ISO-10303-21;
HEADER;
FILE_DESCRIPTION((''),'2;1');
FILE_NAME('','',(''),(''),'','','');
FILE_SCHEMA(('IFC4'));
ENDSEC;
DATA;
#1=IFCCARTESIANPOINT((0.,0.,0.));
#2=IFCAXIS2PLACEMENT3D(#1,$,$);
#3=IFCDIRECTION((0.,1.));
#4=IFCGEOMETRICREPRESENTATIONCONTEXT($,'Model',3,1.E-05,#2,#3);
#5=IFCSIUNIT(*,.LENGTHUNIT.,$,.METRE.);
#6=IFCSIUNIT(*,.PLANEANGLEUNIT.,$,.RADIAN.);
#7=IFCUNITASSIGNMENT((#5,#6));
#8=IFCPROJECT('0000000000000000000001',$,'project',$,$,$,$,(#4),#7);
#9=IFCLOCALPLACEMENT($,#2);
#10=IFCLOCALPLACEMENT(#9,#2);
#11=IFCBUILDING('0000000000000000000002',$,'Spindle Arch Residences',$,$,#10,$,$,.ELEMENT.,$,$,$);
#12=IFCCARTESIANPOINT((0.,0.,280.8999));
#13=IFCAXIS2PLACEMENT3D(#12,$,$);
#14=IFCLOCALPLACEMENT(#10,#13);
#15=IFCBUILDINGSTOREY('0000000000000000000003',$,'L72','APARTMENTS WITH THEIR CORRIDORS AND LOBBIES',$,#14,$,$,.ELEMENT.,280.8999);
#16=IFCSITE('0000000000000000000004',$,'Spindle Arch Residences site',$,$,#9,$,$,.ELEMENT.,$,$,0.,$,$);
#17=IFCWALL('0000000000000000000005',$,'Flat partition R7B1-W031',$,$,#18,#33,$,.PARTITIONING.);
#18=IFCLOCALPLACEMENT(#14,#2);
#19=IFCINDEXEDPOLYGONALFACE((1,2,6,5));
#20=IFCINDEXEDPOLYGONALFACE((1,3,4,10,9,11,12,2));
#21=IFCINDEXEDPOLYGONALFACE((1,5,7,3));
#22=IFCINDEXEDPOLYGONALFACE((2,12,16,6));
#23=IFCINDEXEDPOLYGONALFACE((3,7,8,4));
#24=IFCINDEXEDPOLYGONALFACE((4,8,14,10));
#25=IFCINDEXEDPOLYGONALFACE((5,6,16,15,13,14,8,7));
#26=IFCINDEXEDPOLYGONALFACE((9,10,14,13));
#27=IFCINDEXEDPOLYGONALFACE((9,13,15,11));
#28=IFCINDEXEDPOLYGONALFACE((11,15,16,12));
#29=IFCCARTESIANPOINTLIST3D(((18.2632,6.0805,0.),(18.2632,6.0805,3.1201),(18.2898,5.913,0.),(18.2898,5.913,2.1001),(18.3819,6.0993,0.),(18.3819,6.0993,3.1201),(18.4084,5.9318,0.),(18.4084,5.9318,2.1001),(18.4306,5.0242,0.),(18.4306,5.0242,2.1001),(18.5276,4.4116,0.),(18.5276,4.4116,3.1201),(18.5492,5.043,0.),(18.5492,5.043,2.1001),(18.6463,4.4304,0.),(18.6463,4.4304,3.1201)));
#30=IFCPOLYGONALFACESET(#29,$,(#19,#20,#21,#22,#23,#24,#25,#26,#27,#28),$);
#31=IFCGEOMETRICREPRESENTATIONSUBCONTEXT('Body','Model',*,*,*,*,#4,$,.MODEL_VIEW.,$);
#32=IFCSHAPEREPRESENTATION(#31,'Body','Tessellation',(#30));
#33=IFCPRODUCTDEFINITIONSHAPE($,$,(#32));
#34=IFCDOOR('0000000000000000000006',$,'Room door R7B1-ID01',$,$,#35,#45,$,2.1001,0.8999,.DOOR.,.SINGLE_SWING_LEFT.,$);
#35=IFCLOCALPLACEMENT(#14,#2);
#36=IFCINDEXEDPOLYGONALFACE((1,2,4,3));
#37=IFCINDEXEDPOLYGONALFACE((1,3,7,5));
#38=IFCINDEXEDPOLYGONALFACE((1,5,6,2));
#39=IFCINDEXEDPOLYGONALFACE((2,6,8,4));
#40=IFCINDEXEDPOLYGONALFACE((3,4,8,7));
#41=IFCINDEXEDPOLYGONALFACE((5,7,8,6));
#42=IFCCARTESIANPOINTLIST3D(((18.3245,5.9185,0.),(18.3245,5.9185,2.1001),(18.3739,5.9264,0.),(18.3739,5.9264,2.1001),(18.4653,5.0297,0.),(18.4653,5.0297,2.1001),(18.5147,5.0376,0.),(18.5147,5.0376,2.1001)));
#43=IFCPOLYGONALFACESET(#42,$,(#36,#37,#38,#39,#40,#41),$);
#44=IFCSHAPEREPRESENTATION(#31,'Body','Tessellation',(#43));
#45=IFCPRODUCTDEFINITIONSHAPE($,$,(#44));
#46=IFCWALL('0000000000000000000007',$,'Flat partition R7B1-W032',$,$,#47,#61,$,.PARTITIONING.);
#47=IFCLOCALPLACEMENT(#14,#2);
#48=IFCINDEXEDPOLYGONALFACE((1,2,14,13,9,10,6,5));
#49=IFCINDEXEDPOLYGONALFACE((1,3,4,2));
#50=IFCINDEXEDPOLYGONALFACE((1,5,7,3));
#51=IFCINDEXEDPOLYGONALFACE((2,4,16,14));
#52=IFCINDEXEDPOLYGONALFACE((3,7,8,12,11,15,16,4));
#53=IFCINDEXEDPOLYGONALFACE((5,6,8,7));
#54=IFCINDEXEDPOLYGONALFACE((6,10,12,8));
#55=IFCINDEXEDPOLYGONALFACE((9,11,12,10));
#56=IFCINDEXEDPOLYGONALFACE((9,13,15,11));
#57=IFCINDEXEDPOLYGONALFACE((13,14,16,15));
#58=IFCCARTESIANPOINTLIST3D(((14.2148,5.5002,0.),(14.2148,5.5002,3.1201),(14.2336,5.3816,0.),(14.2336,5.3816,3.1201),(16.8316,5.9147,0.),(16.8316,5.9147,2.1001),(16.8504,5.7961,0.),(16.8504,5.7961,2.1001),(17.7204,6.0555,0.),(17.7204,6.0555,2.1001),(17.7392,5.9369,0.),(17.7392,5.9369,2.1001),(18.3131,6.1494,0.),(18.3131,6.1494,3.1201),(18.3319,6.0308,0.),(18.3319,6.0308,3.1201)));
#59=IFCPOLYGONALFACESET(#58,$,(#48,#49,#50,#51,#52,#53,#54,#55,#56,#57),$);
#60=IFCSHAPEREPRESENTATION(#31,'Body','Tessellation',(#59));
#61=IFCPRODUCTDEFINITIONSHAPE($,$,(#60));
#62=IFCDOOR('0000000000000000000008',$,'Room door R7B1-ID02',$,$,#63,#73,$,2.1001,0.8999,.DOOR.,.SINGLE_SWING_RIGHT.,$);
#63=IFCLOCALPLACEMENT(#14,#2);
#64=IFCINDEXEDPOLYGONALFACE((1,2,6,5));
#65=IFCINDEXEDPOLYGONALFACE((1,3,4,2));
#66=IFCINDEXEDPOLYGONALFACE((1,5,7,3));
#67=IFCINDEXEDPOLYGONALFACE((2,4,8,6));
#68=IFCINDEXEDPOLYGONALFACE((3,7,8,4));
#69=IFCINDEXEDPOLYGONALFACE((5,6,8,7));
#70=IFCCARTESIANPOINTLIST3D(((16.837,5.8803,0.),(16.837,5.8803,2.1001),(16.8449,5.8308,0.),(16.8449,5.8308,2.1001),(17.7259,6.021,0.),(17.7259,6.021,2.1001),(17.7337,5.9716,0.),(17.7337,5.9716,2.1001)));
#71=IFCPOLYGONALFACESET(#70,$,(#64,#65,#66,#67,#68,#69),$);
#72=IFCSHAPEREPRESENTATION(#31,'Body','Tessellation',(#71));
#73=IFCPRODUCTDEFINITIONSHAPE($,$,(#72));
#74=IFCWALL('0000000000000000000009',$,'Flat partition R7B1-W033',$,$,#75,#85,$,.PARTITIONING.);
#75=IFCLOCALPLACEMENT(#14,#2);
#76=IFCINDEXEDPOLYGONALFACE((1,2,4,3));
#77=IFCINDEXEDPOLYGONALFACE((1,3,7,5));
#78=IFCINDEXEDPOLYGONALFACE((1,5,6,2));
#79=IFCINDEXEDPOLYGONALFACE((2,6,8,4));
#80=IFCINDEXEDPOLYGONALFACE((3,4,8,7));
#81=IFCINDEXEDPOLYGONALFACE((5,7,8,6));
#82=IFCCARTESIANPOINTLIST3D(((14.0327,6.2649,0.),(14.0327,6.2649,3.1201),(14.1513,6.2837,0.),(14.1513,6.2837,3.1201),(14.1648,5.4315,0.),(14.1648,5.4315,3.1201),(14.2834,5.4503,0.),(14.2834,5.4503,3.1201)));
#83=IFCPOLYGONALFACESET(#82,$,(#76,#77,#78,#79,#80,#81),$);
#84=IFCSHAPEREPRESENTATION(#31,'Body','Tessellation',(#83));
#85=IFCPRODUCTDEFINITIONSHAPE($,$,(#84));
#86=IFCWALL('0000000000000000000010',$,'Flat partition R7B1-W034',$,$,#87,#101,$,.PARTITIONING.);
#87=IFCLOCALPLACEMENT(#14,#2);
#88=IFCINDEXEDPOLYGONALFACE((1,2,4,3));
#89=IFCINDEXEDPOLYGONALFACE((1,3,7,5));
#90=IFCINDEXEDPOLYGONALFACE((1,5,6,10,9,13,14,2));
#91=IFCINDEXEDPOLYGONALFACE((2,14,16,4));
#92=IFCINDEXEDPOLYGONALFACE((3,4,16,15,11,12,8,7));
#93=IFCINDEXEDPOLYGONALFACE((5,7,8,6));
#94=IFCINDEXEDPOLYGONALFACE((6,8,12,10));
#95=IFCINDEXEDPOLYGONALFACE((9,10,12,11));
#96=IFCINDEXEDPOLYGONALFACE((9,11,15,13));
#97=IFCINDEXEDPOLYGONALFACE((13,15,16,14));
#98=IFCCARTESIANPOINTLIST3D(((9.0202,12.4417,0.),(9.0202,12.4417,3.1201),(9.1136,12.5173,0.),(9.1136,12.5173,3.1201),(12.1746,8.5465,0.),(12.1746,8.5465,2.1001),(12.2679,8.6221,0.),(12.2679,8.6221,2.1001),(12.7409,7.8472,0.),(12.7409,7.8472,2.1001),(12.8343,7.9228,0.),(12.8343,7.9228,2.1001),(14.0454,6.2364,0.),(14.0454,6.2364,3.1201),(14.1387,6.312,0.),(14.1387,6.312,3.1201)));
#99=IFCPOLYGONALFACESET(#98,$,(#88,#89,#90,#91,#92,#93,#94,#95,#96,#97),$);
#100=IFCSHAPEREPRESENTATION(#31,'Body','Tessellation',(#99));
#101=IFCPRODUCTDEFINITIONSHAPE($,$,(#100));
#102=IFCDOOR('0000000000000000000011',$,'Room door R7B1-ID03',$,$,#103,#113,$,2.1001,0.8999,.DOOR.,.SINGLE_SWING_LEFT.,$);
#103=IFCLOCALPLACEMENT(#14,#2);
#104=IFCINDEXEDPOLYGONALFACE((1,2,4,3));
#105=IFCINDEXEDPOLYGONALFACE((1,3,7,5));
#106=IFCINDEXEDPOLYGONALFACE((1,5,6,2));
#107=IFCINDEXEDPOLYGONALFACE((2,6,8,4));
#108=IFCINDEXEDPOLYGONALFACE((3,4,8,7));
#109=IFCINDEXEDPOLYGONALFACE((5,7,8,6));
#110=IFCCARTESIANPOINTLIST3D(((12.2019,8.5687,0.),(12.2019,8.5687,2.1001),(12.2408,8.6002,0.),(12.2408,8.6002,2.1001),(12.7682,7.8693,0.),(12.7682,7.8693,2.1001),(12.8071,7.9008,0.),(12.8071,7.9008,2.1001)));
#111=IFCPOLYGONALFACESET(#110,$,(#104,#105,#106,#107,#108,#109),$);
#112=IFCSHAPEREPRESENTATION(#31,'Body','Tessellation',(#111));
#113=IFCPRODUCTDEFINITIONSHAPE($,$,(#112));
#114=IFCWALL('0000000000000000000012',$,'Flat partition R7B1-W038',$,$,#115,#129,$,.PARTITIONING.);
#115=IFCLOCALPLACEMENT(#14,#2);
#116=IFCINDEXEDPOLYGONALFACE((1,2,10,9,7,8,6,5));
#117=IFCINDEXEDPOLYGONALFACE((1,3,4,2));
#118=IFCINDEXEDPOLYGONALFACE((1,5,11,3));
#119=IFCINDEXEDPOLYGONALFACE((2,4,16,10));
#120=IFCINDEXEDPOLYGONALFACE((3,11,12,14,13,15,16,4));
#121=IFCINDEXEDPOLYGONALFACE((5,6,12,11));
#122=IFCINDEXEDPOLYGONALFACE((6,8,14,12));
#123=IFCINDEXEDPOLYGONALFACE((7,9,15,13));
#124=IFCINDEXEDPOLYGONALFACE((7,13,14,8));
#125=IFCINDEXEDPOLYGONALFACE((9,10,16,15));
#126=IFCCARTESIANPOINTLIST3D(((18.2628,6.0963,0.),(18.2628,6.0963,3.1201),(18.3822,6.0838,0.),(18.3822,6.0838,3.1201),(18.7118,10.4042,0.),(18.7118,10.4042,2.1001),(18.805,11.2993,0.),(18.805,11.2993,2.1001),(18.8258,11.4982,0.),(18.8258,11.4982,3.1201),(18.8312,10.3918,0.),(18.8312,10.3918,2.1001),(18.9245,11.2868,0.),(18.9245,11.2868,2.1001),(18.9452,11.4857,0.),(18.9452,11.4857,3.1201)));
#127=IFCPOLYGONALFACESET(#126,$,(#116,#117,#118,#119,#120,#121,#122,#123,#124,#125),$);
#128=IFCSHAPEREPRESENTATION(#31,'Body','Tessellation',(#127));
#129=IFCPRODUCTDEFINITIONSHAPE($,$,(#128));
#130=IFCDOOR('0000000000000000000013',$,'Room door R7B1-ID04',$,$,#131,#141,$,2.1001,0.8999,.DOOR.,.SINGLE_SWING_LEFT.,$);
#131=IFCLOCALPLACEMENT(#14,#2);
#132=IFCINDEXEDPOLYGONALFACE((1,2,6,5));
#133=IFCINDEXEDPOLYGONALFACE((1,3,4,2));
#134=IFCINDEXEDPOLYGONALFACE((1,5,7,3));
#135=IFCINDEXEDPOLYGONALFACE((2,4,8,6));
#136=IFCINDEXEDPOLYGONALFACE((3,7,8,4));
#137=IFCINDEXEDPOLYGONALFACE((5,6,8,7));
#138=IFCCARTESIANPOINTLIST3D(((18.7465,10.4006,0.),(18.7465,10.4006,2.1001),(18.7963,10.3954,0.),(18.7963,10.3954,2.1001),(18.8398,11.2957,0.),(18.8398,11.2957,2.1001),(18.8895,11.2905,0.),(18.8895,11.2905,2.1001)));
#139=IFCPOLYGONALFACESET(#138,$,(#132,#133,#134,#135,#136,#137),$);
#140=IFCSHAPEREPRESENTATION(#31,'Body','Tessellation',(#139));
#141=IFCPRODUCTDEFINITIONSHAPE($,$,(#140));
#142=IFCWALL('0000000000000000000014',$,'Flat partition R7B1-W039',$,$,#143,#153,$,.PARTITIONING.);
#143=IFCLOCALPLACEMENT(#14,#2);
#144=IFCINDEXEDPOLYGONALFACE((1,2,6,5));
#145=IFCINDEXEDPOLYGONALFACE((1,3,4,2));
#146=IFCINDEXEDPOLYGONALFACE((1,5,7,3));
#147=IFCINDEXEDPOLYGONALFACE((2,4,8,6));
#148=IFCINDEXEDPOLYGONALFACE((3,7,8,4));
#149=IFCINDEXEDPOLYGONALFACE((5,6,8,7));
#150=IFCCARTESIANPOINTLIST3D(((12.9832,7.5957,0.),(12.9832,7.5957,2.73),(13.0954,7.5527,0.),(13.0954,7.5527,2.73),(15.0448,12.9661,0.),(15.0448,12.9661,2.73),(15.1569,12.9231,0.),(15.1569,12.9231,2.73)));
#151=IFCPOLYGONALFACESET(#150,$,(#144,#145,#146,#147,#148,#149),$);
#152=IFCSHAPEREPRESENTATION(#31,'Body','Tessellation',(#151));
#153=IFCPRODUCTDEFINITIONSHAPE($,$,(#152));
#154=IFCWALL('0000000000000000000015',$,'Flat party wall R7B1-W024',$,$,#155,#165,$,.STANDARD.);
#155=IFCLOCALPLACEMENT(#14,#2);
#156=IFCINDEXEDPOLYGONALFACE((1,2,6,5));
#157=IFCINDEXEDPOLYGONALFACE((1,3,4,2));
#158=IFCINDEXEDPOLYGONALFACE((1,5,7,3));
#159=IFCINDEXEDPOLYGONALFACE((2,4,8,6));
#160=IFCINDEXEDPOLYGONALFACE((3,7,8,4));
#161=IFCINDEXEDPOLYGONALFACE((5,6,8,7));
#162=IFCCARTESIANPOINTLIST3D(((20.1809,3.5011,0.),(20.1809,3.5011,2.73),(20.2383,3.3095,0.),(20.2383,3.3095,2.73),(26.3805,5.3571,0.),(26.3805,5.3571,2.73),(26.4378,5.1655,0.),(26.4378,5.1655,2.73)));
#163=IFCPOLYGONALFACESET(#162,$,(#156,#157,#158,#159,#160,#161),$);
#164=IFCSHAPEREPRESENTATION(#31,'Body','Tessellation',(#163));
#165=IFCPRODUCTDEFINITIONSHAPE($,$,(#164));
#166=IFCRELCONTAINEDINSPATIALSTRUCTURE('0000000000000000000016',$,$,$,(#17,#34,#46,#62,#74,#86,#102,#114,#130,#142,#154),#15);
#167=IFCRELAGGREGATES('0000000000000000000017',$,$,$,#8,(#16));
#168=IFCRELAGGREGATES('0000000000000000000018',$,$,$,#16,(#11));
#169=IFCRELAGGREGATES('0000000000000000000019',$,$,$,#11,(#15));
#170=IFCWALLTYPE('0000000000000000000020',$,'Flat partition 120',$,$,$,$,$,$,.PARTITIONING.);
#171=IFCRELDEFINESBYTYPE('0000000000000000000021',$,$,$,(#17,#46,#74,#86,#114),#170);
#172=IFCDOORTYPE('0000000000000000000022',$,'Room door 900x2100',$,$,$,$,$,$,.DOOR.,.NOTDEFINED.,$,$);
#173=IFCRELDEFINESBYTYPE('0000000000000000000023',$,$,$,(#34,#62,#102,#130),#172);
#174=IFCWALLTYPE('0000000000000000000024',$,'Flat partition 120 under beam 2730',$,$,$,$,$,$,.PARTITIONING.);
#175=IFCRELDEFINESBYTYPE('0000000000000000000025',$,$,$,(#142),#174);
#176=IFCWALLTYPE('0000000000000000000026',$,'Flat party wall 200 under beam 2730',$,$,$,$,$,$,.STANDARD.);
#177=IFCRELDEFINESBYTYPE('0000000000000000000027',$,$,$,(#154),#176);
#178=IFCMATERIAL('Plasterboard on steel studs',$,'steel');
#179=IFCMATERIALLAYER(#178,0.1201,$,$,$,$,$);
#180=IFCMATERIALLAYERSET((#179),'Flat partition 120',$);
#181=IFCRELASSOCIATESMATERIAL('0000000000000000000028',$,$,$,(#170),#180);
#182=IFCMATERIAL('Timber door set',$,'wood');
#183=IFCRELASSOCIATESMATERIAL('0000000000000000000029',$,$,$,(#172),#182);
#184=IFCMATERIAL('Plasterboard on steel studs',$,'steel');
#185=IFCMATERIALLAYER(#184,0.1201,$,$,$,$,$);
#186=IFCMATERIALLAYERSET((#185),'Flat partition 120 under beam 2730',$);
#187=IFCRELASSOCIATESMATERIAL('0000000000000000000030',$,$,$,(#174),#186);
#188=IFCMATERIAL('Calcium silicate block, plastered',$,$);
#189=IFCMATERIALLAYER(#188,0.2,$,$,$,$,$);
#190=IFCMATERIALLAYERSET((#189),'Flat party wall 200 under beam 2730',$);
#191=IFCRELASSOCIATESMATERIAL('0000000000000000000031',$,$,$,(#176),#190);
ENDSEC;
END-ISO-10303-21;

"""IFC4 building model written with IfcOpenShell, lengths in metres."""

from ifc_helpers import new_model, si_unit, direction, frame, frame_2d, origin, place, context, subcontext, project, spatial, rectangle, extrude, material, layer, layer_set, type_object, element, fill, save


model = new_model("IFC4")

# Units and contexts
model_context = context("Model", 3, precision=1e-05, world=origin(), true_north=direction((0.0, 1.0)))
body_context = subcontext(model_context, "Body", "Model", "MODEL_VIEW")
ifc_project = project(units=[si_unit("LENGTHUNIT", "METRE"), si_unit("PLANEANGLEUNIT", "RADIAN")], contexts=[model_context])

# Site, building, storey
site_placement = place(None, origin())
site = spatial("IfcSite", under=ifc_project, at=site_placement, Name="Spindle Arch Residences site", CompositionType="ELEMENT", RefElevation=0.0)
building_placement = place(site_placement, origin())
building = spatial("IfcBuilding", under=site, at=building_placement, Name="Spindle Arch Residences", CompositionType="ELEMENT")
storey_placement = place(building_placement, frame((0.0, 0.0, 280.8999)))
storey = spatial("IfcBuildingStorey", under=building, at=storey_placement, Name="L72", Description="APARTMENTS WITH THEIR CORRIDORS AND LOBBIES", CompositionType="ELEMENT", Elevation=280.8999)

# Walls, openings, doors
ifc_material_1 = material(Name="Plasterboard on steel studs", Category="steel")
ifc_layer_1 = layer(ifc_material_1, 0.1201)
ifc_layer_set_1 = layer_set([ifc_layer_1], Name="Flat partition 120")
wall_type_1 = type_object("IfcWallType", Name="Flat partition 120", PredefinedType="PARTITIONING", material=ifc_layer_set_1)
wall_1_placement = place(storey_placement, frame((18.5869, 4.4211, 0.0), z_axis=(0.0, 0.0, 1.0), x_axis=(-0.156474, 0.987682, 0.0)))
wall_1 = element("IfcWall", 1, at=wall_1_placement, inside=storey, type_object=wall_type_1, Name="Flat partition R7B1-W031", PredefinedType="PARTITIONING", context=body_context, shape_type="SweptSolid", body=[
    extrude(rectangle(XDim=1.6897, YDim=0.1201, at=frame_2d((0.8447, 0.0))), origin(), (0.0, 0.0, 1.0), 3.1201),
])
opening_1_placement = place(wall_1_placement, frame((0.6201, 0.0, 0.0)))
opening_1 = element("IfcOpeningElement", 2, at=opening_1_placement, cuts=wall_1, PredefinedType="OPENING", context=body_context, shape_type="SweptSolid", body=[
    extrude(rectangle(XDim=0.8999, YDim=2.1001, at=frame_2d((0.45, 1.05))), frame((0.0, 0.0701, 0.0), z_axis=(0.0, -1.0, 0.0), x_axis=(1.0, 0.0, 0.0)), (0.0, 0.0, 1.0), 0.1401),
])
ifc_material_2 = material(Name="Timber door set", Category="wood")
door_type_1 = type_object("IfcDoorType", Name="Room door 900x2100", OperationType="NOTDEFINED", PredefinedType="DOOR", material=ifc_material_2)
door_1_placement = place(opening_1_placement, origin())
door_1 = element("IfcDoor", 3, at=door_1_placement, inside=storey, type_object=door_type_1, Name="Room door R7B1-ID01", OperationType="SINGLE_SWING_LEFT", OverallHeight=2.1001, OverallWidth=0.8999, PredefinedType="DOOR", context=body_context, shape_type="SweptSolid", body=[
    extrude(rectangle(XDim=0.8999, YDim=2.1001, at=frame_2d((0.45, 1.05))), frame((0.0, 0.0249, 0.0), z_axis=(0.0, -1.0, 0.0), x_axis=(1.0, 0.0, 0.0)), (0.0, 0.0, 1.0), 0.05),
])
fill(opening_1, door_1)
wall_2_placement = place(storey_placement, frame((18.3225, 6.0901, 0.0), z_axis=(0.0, 0.0, 1.0), x_axis=(-0.987687, -0.156446, 0.0)))
wall_2 = element("IfcWall", 4, at=wall_2_placement, inside=storey, type_object=wall_type_1, Name="Flat partition R7B1-W032", PredefinedType="PARTITIONING", context=body_context, shape_type="SweptSolid", body=[
    extrude(rectangle(XDim=4.1494, YDim=0.1201, at=frame_2d((2.0747, 0.0))), origin(), (0.0, 0.0, 1.0), 3.1201),
])
opening_2_placement = place(wall_2_placement, frame((0.6001, 0.0, 0.0)))
opening_2 = element("IfcOpeningElement", 5, at=opening_2_placement, cuts=wall_2, PredefinedType="OPENING", context=body_context, shape_type="SweptSolid", body=[
    extrude(rectangle(XDim=0.8999, YDim=2.1001, at=frame_2d((0.45, 1.05))), frame((0.0, 0.0701, 0.0), z_axis=(0.0, -1.0, 0.0), x_axis=(1.0, 0.0, 0.0)), (0.0, 0.0, 1.0), 0.1401),
])
door_2_placement = place(opening_2_placement, origin())
door_2 = element("IfcDoor", 6, at=door_2_placement, inside=storey, type_object=door_type_1, Name="Room door R7B1-ID02", OperationType="SINGLE_SWING_RIGHT", OverallHeight=2.1001, OverallWidth=0.8999, PredefinedType="DOOR", context=body_context, shape_type="SweptSolid", body=[
    extrude(rectangle(XDim=0.8999, YDim=2.1001, at=frame_2d((0.45, 1.05))), frame((0.0, 0.0249, 0.0), z_axis=(0.0, -1.0, 0.0), x_axis=(1.0, 0.0, 0.0)), (0.0, 0.0, 1.0), 0.05),
])
fill(opening_2, door_2)

# Wall
wall_3_placement = place(storey_placement, frame((14.2241, 5.4409, 0.0), z_axis=(0.0, 0.0, 1.0), x_axis=(-0.156557, 0.987669, 0.0)))
element("IfcWall", 7, at=wall_3_placement, inside=storey, type_object=wall_type_1, Name="Flat partition R7B1-W033", PredefinedType="PARTITIONING", context=body_context, shape_type="SweptSolid", body=[
    extrude(rectangle(XDim=0.8438, YDim=0.1201, at=frame_2d((0.4219, 0.0))), origin(), (0.0, 0.0, 1.0), 3.1201),
])

# Walls, openings, doors
wall_4_placement = place(storey_placement, frame((14.092, 6.2742, 0.0), z_axis=(0.0, 0.0, 1.0), x_axis=(-0.629334, 0.777135, 0.0)))
wall_4 = element("IfcWall", 8, at=wall_4_placement, inside=storey, type_object=wall_type_1, Name="Flat partition R7B1-W034", PredefinedType="PARTITIONING", context=body_context, shape_type="SweptSolid", body=[
    extrude(rectangle(XDim=7.9849, YDim=0.1201, at=frame_2d((3.9924, 0.0))), origin(), (0.0, 0.0, 1.0), 3.1201),
])
opening_3_placement = place(wall_4_placement, frame((2.0728, 0.0, 0.0)))
opening_3 = element("IfcOpeningElement", 9, at=opening_3_placement, cuts=wall_4, PredefinedType="OPENING", context=body_context, shape_type="SweptSolid", body=[
    extrude(rectangle(XDim=0.8999, YDim=2.1001, at=frame_2d((0.45, 1.05))), frame((0.0, 0.0701, 0.0), z_axis=(0.0, -1.0, 0.0), x_axis=(1.0, 0.0, 0.0)), (0.0, 0.0, 1.0), 0.1401),
])
door_3_placement = place(opening_3_placement, origin())
door_3 = element("IfcDoor", 10, at=door_3_placement, inside=storey, type_object=door_type_1, Name="Room door R7B1-ID03", OperationType="SINGLE_SWING_LEFT", OverallHeight=2.1001, OverallWidth=0.8999, PredefinedType="DOOR", context=body_context, shape_type="SweptSolid", body=[
    extrude(rectangle(XDim=0.8999, YDim=2.1001, at=frame_2d((0.45, 1.05))), frame((0.0, 0.0249, 0.0), z_axis=(0.0, -1.0, 0.0), x_axis=(1.0, 0.0, 0.0)), (0.0, 0.0, 1.0), 0.05),
])
fill(opening_3, door_3)
wall_5_placement = place(storey_placement, frame((18.8855, 11.4919, 0.0), z_axis=(0.0, 0.0, 1.0), x_axis=(-0.10366, -0.994613, 0.0)))
wall_5 = element("IfcWall", 11, at=wall_5_placement, inside=storey, type_object=wall_type_1, Name="Flat partition R7B1-W038", PredefinedType="PARTITIONING", context=body_context, shape_type="SweptSolid", body=[
    extrude(rectangle(XDim=5.4312, YDim=0.1201, at=frame_2d((2.7156, 0.0))), origin(), (0.0, 0.0, 1.0), 3.1201),
])
opening_4_placement = place(wall_5_placement, frame((0.2, 0.0, 0.0)))
opening_4 = element("IfcOpeningElement", 12, at=opening_4_placement, cuts=wall_5, PredefinedType="OPENING", context=body_context, shape_type="SweptSolid", body=[
    extrude(rectangle(XDim=0.8999, YDim=2.1001, at=frame_2d((0.45, 1.05))), frame((0.0, 0.0701, 0.0), z_axis=(0.0, -1.0, 0.0), x_axis=(1.0, 0.0, 0.0)), (0.0, 0.0, 1.0), 0.1401),
])
door_4_placement = place(opening_4_placement, origin())
door_4 = element("IfcDoor", 13, at=door_4_placement, inside=storey, type_object=door_type_1, Name="Room door R7B1-ID04", OperationType="SINGLE_SWING_LEFT", OverallHeight=2.1001, OverallWidth=0.8999, PredefinedType="DOOR", context=body_context, shape_type="SweptSolid", body=[
    extrude(rectangle(XDim=0.8999, YDim=2.1001, at=frame_2d((0.45, 1.05))), frame((0.0, 0.0249, 0.0), z_axis=(0.0, -1.0, 0.0), x_axis=(1.0, 0.0, 0.0)), (0.0, 0.0, 1.0), 0.05),
])
fill(opening_4, door_4)

# Walls
ifc_material_3 = material(Name="Plasterboard on steel studs", Category="steel")
ifc_layer_2 = layer(ifc_material_3, 0.1201)
ifc_layer_set_2 = layer_set([ifc_layer_2], Name="Flat partition 120 under beam 2730")
wall_type_2 = type_object("IfcWallType", Name="Flat partition 120 under beam 2730", PredefinedType="PARTITIONING", material=ifc_layer_set_2)
wall_6_placement = place(storey_placement, frame((15.1008, 12.9446, 0.0), z_axis=(0.0, 0.0, 1.0), x_axis=(-0.358373, -0.933578, 0.0)))
element("IfcWall", 14, at=wall_6_placement, inside=storey, type_object=wall_type_2, Name="Flat partition R7B1-W039", PredefinedType="PARTITIONING", context=body_context, shape_type="SweptSolid", body=[
    extrude(rectangle(XDim=5.7524, YDim=0.1201, at=frame_2d((2.8762, 0.0))), origin(), (0.0, 0.0, 1.0), 2.73),
])
ifc_material_4 = material(Name="Calcium silicate block, plastered")
ifc_layer_3 = layer(ifc_material_4, 0.2)
ifc_layer_set_3 = layer_set([ifc_layer_3], Name="Flat party wall 200 under beam 2730")
wall_type_3 = type_object("IfcWallType", Name="Flat party wall 200 under beam 2730", PredefinedType="STANDARD", material=ifc_layer_set_3)
wall_7_placement = place(storey_placement, frame((20.2095, 3.4053, 0.0), z_axis=(0.0, 0.0, 1.0), x_axis=(0.957991, 0.286798, 0.0)))
element("IfcWall", 15, at=wall_7_placement, inside=storey, type_object=wall_type_3, Name="Flat party wall R7B1-W024", PredefinedType="STANDARD", context=body_context, shape_type="SweptSolid", body=[
    extrude(rectangle(XDim=6.4714, YDim=0.2, at=frame_2d((3.2358, 0.0))), origin(), (0.0, 0.0, 1.0), 2.73),
])

save(model, "model.ifc")
